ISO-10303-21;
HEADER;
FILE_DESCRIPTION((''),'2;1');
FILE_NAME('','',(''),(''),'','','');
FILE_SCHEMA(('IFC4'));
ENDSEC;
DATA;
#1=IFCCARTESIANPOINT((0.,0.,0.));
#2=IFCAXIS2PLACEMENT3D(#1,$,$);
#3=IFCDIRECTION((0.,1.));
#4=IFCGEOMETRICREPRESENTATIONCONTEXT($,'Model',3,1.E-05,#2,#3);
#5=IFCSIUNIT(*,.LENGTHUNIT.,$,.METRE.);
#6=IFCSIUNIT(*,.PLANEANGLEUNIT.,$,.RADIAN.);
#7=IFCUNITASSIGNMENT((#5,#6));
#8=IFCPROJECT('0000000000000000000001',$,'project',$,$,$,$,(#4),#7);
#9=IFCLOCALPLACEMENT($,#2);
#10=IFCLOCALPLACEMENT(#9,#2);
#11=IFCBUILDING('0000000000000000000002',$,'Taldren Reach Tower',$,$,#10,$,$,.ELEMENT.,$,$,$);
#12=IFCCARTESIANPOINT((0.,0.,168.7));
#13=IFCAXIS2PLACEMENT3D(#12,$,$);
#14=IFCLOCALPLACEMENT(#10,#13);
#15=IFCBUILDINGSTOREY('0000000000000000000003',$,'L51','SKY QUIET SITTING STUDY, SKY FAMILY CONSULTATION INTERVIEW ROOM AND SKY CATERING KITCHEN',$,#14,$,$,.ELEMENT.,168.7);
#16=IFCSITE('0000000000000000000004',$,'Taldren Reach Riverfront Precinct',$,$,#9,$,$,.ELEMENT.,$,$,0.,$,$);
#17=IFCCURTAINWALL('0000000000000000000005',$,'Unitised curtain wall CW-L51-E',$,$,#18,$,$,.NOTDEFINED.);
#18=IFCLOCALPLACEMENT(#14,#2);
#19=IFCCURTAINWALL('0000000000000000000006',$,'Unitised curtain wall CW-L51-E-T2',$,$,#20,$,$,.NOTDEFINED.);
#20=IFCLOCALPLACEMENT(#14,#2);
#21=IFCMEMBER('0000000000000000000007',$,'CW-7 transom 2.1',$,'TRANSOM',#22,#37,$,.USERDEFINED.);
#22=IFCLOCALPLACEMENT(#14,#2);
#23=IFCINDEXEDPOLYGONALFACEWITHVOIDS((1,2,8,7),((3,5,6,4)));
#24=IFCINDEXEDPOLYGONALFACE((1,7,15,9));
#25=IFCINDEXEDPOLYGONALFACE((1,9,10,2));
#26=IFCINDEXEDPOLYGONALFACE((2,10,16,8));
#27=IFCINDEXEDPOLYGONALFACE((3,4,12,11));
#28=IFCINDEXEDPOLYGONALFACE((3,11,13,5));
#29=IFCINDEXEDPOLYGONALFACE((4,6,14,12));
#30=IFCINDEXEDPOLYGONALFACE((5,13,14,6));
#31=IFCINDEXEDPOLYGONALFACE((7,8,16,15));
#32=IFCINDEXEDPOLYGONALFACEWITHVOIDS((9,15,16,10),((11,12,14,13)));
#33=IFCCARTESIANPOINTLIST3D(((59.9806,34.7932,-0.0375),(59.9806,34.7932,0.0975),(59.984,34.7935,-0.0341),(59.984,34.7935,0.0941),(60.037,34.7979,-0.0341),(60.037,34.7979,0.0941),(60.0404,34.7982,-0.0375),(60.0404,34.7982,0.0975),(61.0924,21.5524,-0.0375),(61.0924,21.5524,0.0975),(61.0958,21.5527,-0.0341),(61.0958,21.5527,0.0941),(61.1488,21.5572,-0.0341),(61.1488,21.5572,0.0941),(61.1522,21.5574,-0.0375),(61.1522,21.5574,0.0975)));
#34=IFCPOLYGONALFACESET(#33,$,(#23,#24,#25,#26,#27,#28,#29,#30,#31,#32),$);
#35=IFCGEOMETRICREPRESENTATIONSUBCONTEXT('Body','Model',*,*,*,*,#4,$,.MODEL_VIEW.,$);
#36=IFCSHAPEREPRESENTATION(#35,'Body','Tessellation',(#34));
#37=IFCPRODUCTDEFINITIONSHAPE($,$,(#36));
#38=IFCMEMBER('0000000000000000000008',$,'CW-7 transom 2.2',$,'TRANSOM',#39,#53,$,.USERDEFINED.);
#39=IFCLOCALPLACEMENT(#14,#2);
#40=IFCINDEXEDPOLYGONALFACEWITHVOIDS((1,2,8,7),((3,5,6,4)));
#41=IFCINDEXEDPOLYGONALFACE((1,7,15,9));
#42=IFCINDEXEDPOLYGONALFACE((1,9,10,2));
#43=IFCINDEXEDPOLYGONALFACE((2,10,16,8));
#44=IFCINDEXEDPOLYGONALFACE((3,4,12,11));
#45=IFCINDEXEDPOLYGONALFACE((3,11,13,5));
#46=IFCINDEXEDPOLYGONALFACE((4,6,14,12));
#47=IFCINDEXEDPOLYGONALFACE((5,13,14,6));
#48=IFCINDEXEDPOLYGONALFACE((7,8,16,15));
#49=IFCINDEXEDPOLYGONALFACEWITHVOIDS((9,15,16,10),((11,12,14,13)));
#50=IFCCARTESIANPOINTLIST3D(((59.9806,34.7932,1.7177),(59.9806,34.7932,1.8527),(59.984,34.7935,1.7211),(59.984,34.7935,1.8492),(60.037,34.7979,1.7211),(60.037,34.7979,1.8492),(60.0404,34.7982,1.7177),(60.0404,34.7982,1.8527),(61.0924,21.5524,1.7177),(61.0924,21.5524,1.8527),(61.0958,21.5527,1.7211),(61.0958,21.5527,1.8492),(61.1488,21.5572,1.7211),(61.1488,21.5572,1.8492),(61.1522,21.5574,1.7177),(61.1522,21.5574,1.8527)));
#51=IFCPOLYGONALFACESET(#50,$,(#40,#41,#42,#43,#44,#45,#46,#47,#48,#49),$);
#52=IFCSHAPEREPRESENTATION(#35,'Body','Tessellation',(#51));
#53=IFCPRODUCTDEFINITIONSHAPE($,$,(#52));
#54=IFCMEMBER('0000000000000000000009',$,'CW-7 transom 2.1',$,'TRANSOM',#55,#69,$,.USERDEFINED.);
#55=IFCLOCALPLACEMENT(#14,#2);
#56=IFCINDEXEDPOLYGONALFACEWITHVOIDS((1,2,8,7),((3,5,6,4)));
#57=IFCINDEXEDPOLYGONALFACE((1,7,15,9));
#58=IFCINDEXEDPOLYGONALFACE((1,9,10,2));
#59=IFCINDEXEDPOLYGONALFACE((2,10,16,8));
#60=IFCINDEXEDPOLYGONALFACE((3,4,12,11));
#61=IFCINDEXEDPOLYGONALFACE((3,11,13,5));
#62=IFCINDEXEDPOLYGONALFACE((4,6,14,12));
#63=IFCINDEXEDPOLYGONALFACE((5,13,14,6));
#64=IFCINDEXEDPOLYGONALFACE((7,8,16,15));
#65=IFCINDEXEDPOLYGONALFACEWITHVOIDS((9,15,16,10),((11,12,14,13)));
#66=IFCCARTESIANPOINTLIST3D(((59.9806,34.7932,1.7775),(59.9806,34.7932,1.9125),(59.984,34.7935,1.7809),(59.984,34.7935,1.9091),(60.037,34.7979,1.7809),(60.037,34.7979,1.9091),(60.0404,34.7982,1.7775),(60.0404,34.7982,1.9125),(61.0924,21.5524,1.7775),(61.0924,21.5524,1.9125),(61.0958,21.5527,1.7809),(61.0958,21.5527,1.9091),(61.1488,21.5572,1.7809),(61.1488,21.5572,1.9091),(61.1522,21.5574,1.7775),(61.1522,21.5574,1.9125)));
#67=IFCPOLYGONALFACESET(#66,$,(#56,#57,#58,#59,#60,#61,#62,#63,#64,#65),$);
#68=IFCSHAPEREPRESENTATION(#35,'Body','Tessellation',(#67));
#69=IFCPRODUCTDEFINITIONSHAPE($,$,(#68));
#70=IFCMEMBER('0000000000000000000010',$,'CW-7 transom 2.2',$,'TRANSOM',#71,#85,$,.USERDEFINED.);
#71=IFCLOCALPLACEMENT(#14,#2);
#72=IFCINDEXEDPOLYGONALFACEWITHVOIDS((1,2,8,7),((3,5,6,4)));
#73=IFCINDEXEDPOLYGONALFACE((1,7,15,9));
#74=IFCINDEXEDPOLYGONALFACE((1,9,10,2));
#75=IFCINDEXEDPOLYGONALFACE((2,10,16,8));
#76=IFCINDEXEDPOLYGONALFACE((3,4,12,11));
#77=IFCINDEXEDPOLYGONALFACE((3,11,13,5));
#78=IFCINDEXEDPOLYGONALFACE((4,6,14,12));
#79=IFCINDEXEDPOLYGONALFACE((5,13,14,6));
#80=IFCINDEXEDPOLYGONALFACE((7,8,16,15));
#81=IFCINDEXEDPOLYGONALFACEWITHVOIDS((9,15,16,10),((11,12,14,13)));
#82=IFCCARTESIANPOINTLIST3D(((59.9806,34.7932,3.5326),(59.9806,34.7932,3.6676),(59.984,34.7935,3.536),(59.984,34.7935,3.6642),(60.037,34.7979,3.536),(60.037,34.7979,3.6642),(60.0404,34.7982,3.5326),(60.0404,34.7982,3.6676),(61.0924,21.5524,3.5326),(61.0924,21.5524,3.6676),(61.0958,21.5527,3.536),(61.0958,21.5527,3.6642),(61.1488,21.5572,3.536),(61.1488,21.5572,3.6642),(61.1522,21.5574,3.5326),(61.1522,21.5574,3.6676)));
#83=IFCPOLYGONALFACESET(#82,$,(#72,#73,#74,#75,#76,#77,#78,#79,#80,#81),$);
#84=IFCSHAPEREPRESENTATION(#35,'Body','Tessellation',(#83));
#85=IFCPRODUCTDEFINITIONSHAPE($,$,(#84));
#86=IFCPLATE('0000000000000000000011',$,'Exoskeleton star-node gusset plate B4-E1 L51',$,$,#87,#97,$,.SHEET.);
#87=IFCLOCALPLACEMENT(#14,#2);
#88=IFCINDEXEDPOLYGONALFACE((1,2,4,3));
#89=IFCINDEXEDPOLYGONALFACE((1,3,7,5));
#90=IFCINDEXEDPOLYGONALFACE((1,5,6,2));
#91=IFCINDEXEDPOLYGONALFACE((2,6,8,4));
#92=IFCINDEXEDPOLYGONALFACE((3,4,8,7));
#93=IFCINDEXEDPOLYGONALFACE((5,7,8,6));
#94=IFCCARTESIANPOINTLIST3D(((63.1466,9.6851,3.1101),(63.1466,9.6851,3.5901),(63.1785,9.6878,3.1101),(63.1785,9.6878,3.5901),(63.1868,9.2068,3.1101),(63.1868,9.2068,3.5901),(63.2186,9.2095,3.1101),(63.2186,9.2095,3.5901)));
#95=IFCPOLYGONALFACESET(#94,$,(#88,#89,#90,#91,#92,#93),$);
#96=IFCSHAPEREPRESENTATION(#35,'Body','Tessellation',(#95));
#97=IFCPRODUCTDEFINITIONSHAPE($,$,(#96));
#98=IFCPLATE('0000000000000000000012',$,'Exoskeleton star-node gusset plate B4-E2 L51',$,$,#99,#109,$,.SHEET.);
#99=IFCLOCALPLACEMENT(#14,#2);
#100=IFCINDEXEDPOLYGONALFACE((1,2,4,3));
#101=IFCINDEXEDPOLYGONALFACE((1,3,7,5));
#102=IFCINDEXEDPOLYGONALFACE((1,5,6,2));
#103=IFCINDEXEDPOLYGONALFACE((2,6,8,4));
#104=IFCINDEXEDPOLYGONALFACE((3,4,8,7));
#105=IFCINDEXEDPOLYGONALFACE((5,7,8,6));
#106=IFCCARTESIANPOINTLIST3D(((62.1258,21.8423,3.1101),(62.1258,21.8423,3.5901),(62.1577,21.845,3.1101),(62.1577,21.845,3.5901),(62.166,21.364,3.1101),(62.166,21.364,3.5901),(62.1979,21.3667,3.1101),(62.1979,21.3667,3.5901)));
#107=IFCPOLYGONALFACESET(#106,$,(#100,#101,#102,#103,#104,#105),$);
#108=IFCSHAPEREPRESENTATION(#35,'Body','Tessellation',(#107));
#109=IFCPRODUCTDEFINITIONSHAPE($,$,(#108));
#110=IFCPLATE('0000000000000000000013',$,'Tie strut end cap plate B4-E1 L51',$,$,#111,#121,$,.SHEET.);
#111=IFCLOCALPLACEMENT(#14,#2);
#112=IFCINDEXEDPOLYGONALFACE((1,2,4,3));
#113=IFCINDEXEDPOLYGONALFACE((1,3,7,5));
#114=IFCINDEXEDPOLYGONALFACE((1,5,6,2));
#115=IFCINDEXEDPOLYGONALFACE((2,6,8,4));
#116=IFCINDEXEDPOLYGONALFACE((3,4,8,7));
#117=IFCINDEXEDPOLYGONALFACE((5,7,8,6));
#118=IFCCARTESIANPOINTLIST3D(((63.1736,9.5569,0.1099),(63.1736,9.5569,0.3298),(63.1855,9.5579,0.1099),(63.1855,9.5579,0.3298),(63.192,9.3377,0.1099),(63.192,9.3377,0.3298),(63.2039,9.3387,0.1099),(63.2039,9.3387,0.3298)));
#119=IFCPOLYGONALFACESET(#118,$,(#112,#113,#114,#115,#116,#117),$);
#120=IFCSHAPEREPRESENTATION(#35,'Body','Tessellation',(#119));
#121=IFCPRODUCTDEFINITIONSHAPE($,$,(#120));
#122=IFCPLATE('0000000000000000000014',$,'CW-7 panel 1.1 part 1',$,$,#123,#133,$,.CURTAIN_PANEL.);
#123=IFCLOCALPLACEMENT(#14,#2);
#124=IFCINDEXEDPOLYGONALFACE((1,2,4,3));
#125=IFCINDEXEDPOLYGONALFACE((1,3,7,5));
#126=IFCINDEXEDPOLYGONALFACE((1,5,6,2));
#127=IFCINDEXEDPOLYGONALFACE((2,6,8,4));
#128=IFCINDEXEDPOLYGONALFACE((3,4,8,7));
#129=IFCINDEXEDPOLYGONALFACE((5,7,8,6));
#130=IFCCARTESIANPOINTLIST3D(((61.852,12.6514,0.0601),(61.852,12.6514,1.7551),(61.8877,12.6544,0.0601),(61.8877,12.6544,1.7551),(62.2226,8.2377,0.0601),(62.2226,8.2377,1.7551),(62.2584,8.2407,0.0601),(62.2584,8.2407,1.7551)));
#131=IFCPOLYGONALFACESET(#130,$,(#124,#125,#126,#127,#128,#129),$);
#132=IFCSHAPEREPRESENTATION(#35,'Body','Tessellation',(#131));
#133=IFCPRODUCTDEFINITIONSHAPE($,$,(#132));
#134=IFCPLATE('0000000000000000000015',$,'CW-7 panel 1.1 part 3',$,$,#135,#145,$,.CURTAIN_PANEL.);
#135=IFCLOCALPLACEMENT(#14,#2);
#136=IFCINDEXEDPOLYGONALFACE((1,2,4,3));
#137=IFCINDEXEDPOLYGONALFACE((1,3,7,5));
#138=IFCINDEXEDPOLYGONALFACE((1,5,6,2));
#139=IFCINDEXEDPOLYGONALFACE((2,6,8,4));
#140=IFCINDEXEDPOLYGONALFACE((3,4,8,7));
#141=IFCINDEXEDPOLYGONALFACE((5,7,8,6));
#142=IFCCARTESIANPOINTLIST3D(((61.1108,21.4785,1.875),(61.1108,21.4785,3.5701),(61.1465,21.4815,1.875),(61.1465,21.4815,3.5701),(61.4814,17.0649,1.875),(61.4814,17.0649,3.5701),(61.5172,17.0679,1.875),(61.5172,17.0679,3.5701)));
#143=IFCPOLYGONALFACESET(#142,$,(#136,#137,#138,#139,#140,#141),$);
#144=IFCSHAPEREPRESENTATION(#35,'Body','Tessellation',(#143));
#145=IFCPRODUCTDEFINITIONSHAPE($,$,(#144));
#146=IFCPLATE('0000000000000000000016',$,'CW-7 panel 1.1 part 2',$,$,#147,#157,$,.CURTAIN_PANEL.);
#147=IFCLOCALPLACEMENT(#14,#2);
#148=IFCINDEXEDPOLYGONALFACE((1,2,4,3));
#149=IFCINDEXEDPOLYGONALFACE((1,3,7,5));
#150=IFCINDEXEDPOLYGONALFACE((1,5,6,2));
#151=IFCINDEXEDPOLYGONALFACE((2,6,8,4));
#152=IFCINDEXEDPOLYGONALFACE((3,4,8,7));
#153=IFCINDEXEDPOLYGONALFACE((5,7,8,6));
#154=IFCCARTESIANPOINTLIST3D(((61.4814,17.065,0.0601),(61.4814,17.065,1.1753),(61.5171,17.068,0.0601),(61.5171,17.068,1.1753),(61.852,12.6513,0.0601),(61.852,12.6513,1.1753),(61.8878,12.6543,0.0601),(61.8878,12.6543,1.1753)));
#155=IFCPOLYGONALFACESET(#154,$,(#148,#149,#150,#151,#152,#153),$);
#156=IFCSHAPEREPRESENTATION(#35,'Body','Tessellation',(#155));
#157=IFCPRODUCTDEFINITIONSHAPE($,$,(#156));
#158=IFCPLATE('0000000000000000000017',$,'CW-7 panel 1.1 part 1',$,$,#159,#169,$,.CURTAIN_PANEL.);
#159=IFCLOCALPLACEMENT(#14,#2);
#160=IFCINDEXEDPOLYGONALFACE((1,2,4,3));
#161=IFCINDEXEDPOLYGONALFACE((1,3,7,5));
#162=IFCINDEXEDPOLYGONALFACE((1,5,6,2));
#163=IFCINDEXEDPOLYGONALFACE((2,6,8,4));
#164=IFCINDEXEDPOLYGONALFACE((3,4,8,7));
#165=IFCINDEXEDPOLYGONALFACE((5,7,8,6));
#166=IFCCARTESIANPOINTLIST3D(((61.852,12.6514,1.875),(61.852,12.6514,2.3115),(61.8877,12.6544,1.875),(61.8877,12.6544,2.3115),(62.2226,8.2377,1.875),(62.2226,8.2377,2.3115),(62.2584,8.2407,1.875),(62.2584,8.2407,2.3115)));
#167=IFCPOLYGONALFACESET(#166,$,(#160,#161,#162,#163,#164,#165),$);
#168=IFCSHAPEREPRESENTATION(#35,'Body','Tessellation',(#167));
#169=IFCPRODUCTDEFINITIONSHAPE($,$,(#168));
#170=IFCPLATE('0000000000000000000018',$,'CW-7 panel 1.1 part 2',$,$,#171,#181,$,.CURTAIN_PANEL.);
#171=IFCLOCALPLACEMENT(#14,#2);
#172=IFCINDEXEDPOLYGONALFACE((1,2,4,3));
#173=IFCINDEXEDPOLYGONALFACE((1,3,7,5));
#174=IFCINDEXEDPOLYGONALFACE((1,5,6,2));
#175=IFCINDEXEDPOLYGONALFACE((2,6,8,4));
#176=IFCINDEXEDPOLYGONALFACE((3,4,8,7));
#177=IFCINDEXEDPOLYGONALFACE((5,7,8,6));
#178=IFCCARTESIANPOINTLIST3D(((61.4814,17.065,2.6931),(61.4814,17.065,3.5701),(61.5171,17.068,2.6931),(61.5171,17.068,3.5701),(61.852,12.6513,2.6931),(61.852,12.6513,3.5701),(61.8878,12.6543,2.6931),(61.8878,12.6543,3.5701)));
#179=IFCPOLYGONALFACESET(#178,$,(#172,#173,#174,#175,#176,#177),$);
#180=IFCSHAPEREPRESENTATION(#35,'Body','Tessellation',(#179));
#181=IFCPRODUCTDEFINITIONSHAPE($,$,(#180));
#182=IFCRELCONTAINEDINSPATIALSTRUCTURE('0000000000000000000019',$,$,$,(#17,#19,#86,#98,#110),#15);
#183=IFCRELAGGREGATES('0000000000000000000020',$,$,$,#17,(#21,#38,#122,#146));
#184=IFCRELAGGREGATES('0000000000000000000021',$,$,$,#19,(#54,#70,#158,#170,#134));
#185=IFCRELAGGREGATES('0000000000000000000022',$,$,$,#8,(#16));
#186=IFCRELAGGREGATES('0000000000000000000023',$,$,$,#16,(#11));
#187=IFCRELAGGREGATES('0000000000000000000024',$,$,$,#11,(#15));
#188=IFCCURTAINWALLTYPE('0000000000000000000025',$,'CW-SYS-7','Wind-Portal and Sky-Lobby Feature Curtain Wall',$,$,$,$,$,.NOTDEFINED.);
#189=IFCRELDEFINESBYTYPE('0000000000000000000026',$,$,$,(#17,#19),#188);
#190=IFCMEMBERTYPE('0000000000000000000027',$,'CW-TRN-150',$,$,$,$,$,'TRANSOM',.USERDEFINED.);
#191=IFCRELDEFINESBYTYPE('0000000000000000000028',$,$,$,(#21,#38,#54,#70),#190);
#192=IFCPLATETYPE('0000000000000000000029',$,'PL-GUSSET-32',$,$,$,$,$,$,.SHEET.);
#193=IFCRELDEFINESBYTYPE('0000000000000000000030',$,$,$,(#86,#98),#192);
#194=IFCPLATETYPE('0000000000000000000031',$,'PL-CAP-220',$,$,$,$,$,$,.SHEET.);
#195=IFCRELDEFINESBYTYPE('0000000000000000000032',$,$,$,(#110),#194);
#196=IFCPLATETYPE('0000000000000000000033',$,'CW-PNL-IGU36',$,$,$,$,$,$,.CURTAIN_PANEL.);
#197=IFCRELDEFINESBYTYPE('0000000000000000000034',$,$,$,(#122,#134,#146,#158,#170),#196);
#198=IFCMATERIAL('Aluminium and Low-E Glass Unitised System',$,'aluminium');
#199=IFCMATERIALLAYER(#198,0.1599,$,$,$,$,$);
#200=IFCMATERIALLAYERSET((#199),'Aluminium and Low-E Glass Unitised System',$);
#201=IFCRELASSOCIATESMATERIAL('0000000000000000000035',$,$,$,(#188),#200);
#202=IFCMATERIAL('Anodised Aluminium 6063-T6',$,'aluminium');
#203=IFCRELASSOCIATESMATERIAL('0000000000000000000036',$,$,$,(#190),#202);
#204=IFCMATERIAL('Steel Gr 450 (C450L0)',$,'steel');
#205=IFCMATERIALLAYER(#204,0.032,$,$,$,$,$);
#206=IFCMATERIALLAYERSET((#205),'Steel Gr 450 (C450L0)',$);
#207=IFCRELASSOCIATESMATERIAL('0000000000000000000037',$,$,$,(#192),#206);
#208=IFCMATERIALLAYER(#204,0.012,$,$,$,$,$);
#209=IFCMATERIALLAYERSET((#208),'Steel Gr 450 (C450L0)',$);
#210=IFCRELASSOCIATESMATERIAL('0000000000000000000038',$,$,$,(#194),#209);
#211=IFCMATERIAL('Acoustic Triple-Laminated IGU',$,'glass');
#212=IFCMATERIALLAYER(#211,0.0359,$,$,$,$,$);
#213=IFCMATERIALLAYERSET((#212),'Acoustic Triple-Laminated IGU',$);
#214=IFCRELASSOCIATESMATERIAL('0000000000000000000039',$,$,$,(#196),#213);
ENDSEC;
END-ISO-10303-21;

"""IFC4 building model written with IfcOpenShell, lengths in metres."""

from ifc_helpers import new_model, si_unit, direction, frame, origin, origin_2d, place, context, subcontext, project, spatial, rectangle, hollow_rectangle, extrude, source, transform, mapped, material, layer, layer_set, material_profile, profile_set, type_object, element, aggregate, save


model = new_model("IFC4")

# Units and contexts
model_context = context("Model", 3, precision=1e-05, world=origin(), true_north=direction((0.0, 1.0)))
body_context = subcontext(model_context, "Body", "Model", "MODEL_VIEW")
ifc_project = project(units=[si_unit("LENGTHUNIT", "METRE"), si_unit("PLANEANGLEUNIT", "RADIAN")], contexts=[model_context])

# Site, building, storey
site_placement = place(None, origin())
site = spatial("IfcSite", under=ifc_project, at=site_placement, Name="Taldren Reach Riverfront Precinct", CompositionType="ELEMENT", RefElevation=0.0)
building_placement = place(site_placement, origin())
building = spatial("IfcBuilding", under=site, at=building_placement, Name="Taldren Reach Tower", CompositionType="ELEMENT")
storey_placement = place(building_placement, frame((0.0, 0.0, 168.7)))
storey = spatial("IfcBuildingStorey", under=building, at=storey_placement, Name="L51", Description="SKY QUIET SITTING STUDY, SKY FAMILY CONSULTATION INTERVIEW ROOM AND SKY CATERING KITCHEN", CompositionType="ELEMENT", Elevation=168.7)

# Shared definitions
ifc_material_1 = material(Name="Steel Gr 450 (C450L0)", Category="steel")

# Curtain wall
ifc_material_2 = material(Name="Aluminium and Low-E Glass Unitised System", Category="aluminium")
ifc_layer_1 = layer(ifc_material_2, 0.1599)
ifc_layer_set_1 = layer_set([ifc_layer_1], Name="Aluminium and Low-E Glass Unitised System")
curtain_wall_type = type_object("IfcCurtainWallType", Name="CW-SYS-7", Description="Wind-Portal and Sky-Lobby Feature Curtain Wall", PredefinedType="NOTDEFINED", material=ifc_layer_set_1)
curtain_wall_1_placement = place(storey_placement, origin())
curtain_wall_1 = element("IfcCurtainWall", 1, at=curtain_wall_1_placement, inside=storey, type_object=curtain_wall_type, Name="Unitised curtain wall CW-L51-E", PredefinedType="NOTDEFINED")
ifc_material_3 = material(Name="Anodised Aluminium 6063-T6", Category="aluminium")

# Curtain wall
curtain_wall_2_placement = place(storey_placement, origin())
curtain_wall_2 = element("IfcCurtainWall", 2, at=curtain_wall_2_placement, inside=storey, type_object=curtain_wall_type, Name="Unitised curtain wall CW-L51-E-T2", PredefinedType="NOTDEFINED")
ifc_material_profile_1 = material_profile(ifc_material_3, hollow_rectangle(XDim=0.0601, YDim=0.135, WallThickness=0.0034, at=origin_2d()), Name="ALU-135x60x3.5RHS")
ifc_profile_set_1 = profile_set([ifc_material_profile_1], Name="Anodised Aluminium 6063-T6")
member_type_1 = type_object("IfcMemberType", Name="CW-TRN-150", ElementType="TRANSOM", PredefinedType="USERDEFINED", material=ifc_profile_set_1)

# Members
shared_shape_1 = source(origin(), body_context, "Body", "SweptSolid", [
    extrude(hollow_rectangle(XDim=0.0601, YDim=0.135, WallThickness=0.0034, at=origin_2d()), origin(), (0.0, 0.0, 1.0), 13.2874),
])
member_1_placement = place(storey_placement, frame((61.1223, 21.5549, 0.03), z_axis=(-0.083675, 0.996493, 0.0), x_axis=(-0.996493, -0.083675, 0.0)))
member_1 = element("IfcMember", 3, at=member_1_placement, type_object=member_type_1, Name="CW-7 transom 2.1", ObjectType="TRANSOM", PredefinedType="USERDEFINED", context=body_context, shape_type="MappedRepresentation", body=[
    mapped(shared_shape_1, transform((0.0, 0.0, 0.0), scale=1.0)),
])
member_2_placement = place(storey_placement, frame((61.1223, 21.5549, 1.7852), z_axis=(-0.083675, 0.996493, 0.0), x_axis=(-0.996493, -0.083675, 0.0)))
member_2 = element("IfcMember", 4, at=member_2_placement, type_object=member_type_1, Name="CW-7 transom 2.2", ObjectType="TRANSOM", PredefinedType="USERDEFINED", context=body_context, shape_type="MappedRepresentation", body=[
    mapped(shared_shape_1, transform((0.0, 0.0, 0.0), scale=1.0)),
])
member_3_placement = place(storey_placement, frame((61.1223, 21.5549, 1.845), z_axis=(-0.083675, 0.996493, 0.0), x_axis=(-0.996493, -0.083675, 0.0)))
member_3 = element("IfcMember", 5, at=member_3_placement, type_object=member_type_1, Name="CW-7 transom 2.1", ObjectType="TRANSOM", PredefinedType="USERDEFINED", context=body_context, shape_type="MappedRepresentation", body=[
    mapped(shared_shape_1, transform((0.0, 0.0, 0.0), scale=1.0)),
])
member_4_placement = place(storey_placement, frame((61.1223, 21.5549, 3.6001), z_axis=(-0.083675, 0.996493, 0.0), x_axis=(-0.996493, -0.083675, 0.0)))
member_4 = element("IfcMember", 6, at=member_4_placement, type_object=member_type_1, Name="CW-7 transom 2.2", ObjectType="TRANSOM", PredefinedType="USERDEFINED", context=body_context, shape_type="MappedRepresentation", body=[
    mapped(shared_shape_1, transform((0.0, 0.0, 0.0), scale=1.0)),
])

# Plates
ifc_layer_2 = layer(ifc_material_1, 0.032)
ifc_layer_set_2 = layer_set([ifc_layer_2], Name="Steel Gr 450 (C450L0)")
plate_type_1 = type_object("IfcPlateType", Name="PL-GUSSET-32", PredefinedType="SHEET", material=ifc_layer_set_2)
shared_shape_2 = source(origin(), body_context, "Body", "SweptSolid", [
    extrude(rectangle(XDim=0.48, YDim=0.032, at=origin_2d()), origin(), (0.0, 0.0, 1.0), 0.48),
])
for number, where, z_axis, x_axis, name in (
    (7, (63.1826, 9.4473, 3.1101), (0.0, 0.0, 1.0), (-0.083678, 0.996493, 0.0), "Exoskeleton star-node gusset plate B4-E1 L51"),
    (8, (62.1619, 21.6045, 3.1101), (0.0, 0.0, 1.0), (-0.083678, 0.996493, 0.0), "Exoskeleton star-node gusset plate B4-E2 L51"),
):
    element("IfcPlate", number, at=place(storey_placement, frame(where, z_axis=z_axis, x_axis=x_axis)), inside=storey, type_object=plate_type_1, Name=name, PredefinedType="SHEET", context=body_context, shape_type="MappedRepresentation", body=[
        mapped(shared_shape_2, transform((0.0, 0.0, 0.0), scale=1.0)),
    ])
ifc_layer_3 = layer(ifc_material_1, 0.012)
ifc_layer_set_3 = layer_set([ifc_layer_3], Name="Steel Gr 450 (C450L0)")
plate_type_2 = type_object("IfcPlateType", Name="PL-CAP-220", PredefinedType="SHEET", material=ifc_layer_set_3)
shared_shape_3 = source(origin(), body_context, "Body", "SweptSolid", [
    extrude(rectangle(XDim=0.012, YDim=0.22, at=origin_2d()), origin(), (0.0, 0.0, 1.0), 0.22),
])
plate_1_placement = place(storey_placement, frame((63.1887, 9.4478, 0.1099), z_axis=(0.0, 0.0, 1.0), x_axis=(0.996493, 0.083678, 0.0)))
element("IfcPlate", 9, at=plate_1_placement, inside=storey, type_object=plate_type_2, Name="Tie strut end cap plate B4-E1 L51", PredefinedType="SHEET", context=body_context, shape_type="MappedRepresentation", body=[
    mapped(shared_shape_3, transform((0.0, 0.0, 0.0), scale=1.0)),
])

# Plates
ifc_material_4 = material(Name="Acoustic Triple-Laminated IGU", Category="glass")
ifc_layer_4 = layer(ifc_material_4, 0.0359)
ifc_layer_set_4 = layer_set([ifc_layer_4], Name="Acoustic Triple-Laminated IGU")
plate_type_3 = type_object("IfcPlateType", Name="CW-PNL-IGU36", PredefinedType="CURTAIN_PANEL", material=ifc_layer_set_4)
shared_shape_4 = source(origin(), body_context, "Body", "SweptSolid", [
    extrude(rectangle(XDim=4.4292, YDim=0.0359, at=origin_2d()), origin(), (0.0, 0.0, 1.0), 1.6951),
])
plate_2_placement = place(storey_placement, frame((62.0552, 10.446, 0.0601), z_axis=(0.0, 0.0, 1.0), x_axis=(-0.083678, 0.996493, 0.0)))
plate_2 = element("IfcPlate", 10, at=plate_2_placement, type_object=plate_type_3, Name="CW-7 panel 1.1 part 1", PredefinedType="CURTAIN_PANEL", context=body_context, shape_type="MappedRepresentation", body=[
    mapped(shared_shape_4, transform((0.0, 0.0, 0.0), scale=1.0)),
])
plate_3_placement = place(storey_placement, frame((61.314, 19.2732, 1.875), z_axis=(0.0, 0.0, 1.0), x_axis=(-0.083678, 0.996493, 0.0)))
plate_3 = element("IfcPlate", 11, at=plate_3_placement, type_object=plate_type_3, Name="CW-7 panel 1.1 part 3", PredefinedType="CURTAIN_PANEL", context=body_context, shape_type="MappedRepresentation", body=[
    mapped(shared_shape_4, transform((0.0, 0.0, 0.0), scale=1.0)),
])
shared_shape_5 = source(origin(), body_context, "Body", "SweptSolid", [
    extrude(rectangle(XDim=4.4292, YDim=0.0359, at=origin_2d()), origin(), (0.0, 0.0, 1.0), 1.1152),
])
plate_4_placement = place(storey_placement, frame((61.6846, 14.8596, 0.0601), z_axis=(0.0, 0.0, 1.0), x_axis=(-0.083678, 0.996493, 0.0)))
plate_4 = element("IfcPlate", 12, at=plate_4_placement, type_object=plate_type_3, Name="CW-7 panel 1.1 part 2", PredefinedType="CURTAIN_PANEL", context=body_context, shape_type="MappedRepresentation", body=[
    mapped(shared_shape_5, transform((0.0, 0.0, 0.0), scale=1.0)),
])
aggregate(curtain_wall_1, [member_1, member_2, plate_2, plate_4])
shared_shape_6 = source(origin(), body_context, "Body", "SweptSolid", [
    extrude(rectangle(XDim=4.4292, YDim=0.0359, at=origin_2d()), origin(), (0.0, 0.0, 1.0), 0.4365),
])
plate_5_placement = place(storey_placement, frame((62.0552, 10.446, 1.875), z_axis=(0.0, 0.0, 1.0), x_axis=(-0.083678, 0.996493, 0.0)))
plate_5 = element("IfcPlate", 13, at=plate_5_placement, type_object=plate_type_3, Name="CW-7 panel 1.1 part 1", PredefinedType="CURTAIN_PANEL", context=body_context, shape_type="MappedRepresentation", body=[
    mapped(shared_shape_6, transform((0.0, 0.0, 0.0), scale=1.0)),
])
shared_shape_7 = source(origin(), body_context, "Body", "SweptSolid", [
    extrude(rectangle(XDim=4.4292, YDim=0.0359, at=origin_2d()), origin(), (0.0, 0.0, 1.0), 0.877),
])
plate_6_placement = place(storey_placement, frame((61.6846, 14.8596, 2.6931), z_axis=(0.0, 0.0, 1.0), x_axis=(-0.083678, 0.996493, 0.0)))
plate_6 = element("IfcPlate", 14, at=plate_6_placement, type_object=plate_type_3, Name="CW-7 panel 1.1 part 2", PredefinedType="CURTAIN_PANEL", context=body_context, shape_type="MappedRepresentation", body=[
    mapped(shared_shape_7, transform((0.0, 0.0, 0.0), scale=1.0)),
])
aggregate(curtain_wall_2, [member_3, member_4, plate_5, plate_6, plate_3])

save(model, "model.ifc")
